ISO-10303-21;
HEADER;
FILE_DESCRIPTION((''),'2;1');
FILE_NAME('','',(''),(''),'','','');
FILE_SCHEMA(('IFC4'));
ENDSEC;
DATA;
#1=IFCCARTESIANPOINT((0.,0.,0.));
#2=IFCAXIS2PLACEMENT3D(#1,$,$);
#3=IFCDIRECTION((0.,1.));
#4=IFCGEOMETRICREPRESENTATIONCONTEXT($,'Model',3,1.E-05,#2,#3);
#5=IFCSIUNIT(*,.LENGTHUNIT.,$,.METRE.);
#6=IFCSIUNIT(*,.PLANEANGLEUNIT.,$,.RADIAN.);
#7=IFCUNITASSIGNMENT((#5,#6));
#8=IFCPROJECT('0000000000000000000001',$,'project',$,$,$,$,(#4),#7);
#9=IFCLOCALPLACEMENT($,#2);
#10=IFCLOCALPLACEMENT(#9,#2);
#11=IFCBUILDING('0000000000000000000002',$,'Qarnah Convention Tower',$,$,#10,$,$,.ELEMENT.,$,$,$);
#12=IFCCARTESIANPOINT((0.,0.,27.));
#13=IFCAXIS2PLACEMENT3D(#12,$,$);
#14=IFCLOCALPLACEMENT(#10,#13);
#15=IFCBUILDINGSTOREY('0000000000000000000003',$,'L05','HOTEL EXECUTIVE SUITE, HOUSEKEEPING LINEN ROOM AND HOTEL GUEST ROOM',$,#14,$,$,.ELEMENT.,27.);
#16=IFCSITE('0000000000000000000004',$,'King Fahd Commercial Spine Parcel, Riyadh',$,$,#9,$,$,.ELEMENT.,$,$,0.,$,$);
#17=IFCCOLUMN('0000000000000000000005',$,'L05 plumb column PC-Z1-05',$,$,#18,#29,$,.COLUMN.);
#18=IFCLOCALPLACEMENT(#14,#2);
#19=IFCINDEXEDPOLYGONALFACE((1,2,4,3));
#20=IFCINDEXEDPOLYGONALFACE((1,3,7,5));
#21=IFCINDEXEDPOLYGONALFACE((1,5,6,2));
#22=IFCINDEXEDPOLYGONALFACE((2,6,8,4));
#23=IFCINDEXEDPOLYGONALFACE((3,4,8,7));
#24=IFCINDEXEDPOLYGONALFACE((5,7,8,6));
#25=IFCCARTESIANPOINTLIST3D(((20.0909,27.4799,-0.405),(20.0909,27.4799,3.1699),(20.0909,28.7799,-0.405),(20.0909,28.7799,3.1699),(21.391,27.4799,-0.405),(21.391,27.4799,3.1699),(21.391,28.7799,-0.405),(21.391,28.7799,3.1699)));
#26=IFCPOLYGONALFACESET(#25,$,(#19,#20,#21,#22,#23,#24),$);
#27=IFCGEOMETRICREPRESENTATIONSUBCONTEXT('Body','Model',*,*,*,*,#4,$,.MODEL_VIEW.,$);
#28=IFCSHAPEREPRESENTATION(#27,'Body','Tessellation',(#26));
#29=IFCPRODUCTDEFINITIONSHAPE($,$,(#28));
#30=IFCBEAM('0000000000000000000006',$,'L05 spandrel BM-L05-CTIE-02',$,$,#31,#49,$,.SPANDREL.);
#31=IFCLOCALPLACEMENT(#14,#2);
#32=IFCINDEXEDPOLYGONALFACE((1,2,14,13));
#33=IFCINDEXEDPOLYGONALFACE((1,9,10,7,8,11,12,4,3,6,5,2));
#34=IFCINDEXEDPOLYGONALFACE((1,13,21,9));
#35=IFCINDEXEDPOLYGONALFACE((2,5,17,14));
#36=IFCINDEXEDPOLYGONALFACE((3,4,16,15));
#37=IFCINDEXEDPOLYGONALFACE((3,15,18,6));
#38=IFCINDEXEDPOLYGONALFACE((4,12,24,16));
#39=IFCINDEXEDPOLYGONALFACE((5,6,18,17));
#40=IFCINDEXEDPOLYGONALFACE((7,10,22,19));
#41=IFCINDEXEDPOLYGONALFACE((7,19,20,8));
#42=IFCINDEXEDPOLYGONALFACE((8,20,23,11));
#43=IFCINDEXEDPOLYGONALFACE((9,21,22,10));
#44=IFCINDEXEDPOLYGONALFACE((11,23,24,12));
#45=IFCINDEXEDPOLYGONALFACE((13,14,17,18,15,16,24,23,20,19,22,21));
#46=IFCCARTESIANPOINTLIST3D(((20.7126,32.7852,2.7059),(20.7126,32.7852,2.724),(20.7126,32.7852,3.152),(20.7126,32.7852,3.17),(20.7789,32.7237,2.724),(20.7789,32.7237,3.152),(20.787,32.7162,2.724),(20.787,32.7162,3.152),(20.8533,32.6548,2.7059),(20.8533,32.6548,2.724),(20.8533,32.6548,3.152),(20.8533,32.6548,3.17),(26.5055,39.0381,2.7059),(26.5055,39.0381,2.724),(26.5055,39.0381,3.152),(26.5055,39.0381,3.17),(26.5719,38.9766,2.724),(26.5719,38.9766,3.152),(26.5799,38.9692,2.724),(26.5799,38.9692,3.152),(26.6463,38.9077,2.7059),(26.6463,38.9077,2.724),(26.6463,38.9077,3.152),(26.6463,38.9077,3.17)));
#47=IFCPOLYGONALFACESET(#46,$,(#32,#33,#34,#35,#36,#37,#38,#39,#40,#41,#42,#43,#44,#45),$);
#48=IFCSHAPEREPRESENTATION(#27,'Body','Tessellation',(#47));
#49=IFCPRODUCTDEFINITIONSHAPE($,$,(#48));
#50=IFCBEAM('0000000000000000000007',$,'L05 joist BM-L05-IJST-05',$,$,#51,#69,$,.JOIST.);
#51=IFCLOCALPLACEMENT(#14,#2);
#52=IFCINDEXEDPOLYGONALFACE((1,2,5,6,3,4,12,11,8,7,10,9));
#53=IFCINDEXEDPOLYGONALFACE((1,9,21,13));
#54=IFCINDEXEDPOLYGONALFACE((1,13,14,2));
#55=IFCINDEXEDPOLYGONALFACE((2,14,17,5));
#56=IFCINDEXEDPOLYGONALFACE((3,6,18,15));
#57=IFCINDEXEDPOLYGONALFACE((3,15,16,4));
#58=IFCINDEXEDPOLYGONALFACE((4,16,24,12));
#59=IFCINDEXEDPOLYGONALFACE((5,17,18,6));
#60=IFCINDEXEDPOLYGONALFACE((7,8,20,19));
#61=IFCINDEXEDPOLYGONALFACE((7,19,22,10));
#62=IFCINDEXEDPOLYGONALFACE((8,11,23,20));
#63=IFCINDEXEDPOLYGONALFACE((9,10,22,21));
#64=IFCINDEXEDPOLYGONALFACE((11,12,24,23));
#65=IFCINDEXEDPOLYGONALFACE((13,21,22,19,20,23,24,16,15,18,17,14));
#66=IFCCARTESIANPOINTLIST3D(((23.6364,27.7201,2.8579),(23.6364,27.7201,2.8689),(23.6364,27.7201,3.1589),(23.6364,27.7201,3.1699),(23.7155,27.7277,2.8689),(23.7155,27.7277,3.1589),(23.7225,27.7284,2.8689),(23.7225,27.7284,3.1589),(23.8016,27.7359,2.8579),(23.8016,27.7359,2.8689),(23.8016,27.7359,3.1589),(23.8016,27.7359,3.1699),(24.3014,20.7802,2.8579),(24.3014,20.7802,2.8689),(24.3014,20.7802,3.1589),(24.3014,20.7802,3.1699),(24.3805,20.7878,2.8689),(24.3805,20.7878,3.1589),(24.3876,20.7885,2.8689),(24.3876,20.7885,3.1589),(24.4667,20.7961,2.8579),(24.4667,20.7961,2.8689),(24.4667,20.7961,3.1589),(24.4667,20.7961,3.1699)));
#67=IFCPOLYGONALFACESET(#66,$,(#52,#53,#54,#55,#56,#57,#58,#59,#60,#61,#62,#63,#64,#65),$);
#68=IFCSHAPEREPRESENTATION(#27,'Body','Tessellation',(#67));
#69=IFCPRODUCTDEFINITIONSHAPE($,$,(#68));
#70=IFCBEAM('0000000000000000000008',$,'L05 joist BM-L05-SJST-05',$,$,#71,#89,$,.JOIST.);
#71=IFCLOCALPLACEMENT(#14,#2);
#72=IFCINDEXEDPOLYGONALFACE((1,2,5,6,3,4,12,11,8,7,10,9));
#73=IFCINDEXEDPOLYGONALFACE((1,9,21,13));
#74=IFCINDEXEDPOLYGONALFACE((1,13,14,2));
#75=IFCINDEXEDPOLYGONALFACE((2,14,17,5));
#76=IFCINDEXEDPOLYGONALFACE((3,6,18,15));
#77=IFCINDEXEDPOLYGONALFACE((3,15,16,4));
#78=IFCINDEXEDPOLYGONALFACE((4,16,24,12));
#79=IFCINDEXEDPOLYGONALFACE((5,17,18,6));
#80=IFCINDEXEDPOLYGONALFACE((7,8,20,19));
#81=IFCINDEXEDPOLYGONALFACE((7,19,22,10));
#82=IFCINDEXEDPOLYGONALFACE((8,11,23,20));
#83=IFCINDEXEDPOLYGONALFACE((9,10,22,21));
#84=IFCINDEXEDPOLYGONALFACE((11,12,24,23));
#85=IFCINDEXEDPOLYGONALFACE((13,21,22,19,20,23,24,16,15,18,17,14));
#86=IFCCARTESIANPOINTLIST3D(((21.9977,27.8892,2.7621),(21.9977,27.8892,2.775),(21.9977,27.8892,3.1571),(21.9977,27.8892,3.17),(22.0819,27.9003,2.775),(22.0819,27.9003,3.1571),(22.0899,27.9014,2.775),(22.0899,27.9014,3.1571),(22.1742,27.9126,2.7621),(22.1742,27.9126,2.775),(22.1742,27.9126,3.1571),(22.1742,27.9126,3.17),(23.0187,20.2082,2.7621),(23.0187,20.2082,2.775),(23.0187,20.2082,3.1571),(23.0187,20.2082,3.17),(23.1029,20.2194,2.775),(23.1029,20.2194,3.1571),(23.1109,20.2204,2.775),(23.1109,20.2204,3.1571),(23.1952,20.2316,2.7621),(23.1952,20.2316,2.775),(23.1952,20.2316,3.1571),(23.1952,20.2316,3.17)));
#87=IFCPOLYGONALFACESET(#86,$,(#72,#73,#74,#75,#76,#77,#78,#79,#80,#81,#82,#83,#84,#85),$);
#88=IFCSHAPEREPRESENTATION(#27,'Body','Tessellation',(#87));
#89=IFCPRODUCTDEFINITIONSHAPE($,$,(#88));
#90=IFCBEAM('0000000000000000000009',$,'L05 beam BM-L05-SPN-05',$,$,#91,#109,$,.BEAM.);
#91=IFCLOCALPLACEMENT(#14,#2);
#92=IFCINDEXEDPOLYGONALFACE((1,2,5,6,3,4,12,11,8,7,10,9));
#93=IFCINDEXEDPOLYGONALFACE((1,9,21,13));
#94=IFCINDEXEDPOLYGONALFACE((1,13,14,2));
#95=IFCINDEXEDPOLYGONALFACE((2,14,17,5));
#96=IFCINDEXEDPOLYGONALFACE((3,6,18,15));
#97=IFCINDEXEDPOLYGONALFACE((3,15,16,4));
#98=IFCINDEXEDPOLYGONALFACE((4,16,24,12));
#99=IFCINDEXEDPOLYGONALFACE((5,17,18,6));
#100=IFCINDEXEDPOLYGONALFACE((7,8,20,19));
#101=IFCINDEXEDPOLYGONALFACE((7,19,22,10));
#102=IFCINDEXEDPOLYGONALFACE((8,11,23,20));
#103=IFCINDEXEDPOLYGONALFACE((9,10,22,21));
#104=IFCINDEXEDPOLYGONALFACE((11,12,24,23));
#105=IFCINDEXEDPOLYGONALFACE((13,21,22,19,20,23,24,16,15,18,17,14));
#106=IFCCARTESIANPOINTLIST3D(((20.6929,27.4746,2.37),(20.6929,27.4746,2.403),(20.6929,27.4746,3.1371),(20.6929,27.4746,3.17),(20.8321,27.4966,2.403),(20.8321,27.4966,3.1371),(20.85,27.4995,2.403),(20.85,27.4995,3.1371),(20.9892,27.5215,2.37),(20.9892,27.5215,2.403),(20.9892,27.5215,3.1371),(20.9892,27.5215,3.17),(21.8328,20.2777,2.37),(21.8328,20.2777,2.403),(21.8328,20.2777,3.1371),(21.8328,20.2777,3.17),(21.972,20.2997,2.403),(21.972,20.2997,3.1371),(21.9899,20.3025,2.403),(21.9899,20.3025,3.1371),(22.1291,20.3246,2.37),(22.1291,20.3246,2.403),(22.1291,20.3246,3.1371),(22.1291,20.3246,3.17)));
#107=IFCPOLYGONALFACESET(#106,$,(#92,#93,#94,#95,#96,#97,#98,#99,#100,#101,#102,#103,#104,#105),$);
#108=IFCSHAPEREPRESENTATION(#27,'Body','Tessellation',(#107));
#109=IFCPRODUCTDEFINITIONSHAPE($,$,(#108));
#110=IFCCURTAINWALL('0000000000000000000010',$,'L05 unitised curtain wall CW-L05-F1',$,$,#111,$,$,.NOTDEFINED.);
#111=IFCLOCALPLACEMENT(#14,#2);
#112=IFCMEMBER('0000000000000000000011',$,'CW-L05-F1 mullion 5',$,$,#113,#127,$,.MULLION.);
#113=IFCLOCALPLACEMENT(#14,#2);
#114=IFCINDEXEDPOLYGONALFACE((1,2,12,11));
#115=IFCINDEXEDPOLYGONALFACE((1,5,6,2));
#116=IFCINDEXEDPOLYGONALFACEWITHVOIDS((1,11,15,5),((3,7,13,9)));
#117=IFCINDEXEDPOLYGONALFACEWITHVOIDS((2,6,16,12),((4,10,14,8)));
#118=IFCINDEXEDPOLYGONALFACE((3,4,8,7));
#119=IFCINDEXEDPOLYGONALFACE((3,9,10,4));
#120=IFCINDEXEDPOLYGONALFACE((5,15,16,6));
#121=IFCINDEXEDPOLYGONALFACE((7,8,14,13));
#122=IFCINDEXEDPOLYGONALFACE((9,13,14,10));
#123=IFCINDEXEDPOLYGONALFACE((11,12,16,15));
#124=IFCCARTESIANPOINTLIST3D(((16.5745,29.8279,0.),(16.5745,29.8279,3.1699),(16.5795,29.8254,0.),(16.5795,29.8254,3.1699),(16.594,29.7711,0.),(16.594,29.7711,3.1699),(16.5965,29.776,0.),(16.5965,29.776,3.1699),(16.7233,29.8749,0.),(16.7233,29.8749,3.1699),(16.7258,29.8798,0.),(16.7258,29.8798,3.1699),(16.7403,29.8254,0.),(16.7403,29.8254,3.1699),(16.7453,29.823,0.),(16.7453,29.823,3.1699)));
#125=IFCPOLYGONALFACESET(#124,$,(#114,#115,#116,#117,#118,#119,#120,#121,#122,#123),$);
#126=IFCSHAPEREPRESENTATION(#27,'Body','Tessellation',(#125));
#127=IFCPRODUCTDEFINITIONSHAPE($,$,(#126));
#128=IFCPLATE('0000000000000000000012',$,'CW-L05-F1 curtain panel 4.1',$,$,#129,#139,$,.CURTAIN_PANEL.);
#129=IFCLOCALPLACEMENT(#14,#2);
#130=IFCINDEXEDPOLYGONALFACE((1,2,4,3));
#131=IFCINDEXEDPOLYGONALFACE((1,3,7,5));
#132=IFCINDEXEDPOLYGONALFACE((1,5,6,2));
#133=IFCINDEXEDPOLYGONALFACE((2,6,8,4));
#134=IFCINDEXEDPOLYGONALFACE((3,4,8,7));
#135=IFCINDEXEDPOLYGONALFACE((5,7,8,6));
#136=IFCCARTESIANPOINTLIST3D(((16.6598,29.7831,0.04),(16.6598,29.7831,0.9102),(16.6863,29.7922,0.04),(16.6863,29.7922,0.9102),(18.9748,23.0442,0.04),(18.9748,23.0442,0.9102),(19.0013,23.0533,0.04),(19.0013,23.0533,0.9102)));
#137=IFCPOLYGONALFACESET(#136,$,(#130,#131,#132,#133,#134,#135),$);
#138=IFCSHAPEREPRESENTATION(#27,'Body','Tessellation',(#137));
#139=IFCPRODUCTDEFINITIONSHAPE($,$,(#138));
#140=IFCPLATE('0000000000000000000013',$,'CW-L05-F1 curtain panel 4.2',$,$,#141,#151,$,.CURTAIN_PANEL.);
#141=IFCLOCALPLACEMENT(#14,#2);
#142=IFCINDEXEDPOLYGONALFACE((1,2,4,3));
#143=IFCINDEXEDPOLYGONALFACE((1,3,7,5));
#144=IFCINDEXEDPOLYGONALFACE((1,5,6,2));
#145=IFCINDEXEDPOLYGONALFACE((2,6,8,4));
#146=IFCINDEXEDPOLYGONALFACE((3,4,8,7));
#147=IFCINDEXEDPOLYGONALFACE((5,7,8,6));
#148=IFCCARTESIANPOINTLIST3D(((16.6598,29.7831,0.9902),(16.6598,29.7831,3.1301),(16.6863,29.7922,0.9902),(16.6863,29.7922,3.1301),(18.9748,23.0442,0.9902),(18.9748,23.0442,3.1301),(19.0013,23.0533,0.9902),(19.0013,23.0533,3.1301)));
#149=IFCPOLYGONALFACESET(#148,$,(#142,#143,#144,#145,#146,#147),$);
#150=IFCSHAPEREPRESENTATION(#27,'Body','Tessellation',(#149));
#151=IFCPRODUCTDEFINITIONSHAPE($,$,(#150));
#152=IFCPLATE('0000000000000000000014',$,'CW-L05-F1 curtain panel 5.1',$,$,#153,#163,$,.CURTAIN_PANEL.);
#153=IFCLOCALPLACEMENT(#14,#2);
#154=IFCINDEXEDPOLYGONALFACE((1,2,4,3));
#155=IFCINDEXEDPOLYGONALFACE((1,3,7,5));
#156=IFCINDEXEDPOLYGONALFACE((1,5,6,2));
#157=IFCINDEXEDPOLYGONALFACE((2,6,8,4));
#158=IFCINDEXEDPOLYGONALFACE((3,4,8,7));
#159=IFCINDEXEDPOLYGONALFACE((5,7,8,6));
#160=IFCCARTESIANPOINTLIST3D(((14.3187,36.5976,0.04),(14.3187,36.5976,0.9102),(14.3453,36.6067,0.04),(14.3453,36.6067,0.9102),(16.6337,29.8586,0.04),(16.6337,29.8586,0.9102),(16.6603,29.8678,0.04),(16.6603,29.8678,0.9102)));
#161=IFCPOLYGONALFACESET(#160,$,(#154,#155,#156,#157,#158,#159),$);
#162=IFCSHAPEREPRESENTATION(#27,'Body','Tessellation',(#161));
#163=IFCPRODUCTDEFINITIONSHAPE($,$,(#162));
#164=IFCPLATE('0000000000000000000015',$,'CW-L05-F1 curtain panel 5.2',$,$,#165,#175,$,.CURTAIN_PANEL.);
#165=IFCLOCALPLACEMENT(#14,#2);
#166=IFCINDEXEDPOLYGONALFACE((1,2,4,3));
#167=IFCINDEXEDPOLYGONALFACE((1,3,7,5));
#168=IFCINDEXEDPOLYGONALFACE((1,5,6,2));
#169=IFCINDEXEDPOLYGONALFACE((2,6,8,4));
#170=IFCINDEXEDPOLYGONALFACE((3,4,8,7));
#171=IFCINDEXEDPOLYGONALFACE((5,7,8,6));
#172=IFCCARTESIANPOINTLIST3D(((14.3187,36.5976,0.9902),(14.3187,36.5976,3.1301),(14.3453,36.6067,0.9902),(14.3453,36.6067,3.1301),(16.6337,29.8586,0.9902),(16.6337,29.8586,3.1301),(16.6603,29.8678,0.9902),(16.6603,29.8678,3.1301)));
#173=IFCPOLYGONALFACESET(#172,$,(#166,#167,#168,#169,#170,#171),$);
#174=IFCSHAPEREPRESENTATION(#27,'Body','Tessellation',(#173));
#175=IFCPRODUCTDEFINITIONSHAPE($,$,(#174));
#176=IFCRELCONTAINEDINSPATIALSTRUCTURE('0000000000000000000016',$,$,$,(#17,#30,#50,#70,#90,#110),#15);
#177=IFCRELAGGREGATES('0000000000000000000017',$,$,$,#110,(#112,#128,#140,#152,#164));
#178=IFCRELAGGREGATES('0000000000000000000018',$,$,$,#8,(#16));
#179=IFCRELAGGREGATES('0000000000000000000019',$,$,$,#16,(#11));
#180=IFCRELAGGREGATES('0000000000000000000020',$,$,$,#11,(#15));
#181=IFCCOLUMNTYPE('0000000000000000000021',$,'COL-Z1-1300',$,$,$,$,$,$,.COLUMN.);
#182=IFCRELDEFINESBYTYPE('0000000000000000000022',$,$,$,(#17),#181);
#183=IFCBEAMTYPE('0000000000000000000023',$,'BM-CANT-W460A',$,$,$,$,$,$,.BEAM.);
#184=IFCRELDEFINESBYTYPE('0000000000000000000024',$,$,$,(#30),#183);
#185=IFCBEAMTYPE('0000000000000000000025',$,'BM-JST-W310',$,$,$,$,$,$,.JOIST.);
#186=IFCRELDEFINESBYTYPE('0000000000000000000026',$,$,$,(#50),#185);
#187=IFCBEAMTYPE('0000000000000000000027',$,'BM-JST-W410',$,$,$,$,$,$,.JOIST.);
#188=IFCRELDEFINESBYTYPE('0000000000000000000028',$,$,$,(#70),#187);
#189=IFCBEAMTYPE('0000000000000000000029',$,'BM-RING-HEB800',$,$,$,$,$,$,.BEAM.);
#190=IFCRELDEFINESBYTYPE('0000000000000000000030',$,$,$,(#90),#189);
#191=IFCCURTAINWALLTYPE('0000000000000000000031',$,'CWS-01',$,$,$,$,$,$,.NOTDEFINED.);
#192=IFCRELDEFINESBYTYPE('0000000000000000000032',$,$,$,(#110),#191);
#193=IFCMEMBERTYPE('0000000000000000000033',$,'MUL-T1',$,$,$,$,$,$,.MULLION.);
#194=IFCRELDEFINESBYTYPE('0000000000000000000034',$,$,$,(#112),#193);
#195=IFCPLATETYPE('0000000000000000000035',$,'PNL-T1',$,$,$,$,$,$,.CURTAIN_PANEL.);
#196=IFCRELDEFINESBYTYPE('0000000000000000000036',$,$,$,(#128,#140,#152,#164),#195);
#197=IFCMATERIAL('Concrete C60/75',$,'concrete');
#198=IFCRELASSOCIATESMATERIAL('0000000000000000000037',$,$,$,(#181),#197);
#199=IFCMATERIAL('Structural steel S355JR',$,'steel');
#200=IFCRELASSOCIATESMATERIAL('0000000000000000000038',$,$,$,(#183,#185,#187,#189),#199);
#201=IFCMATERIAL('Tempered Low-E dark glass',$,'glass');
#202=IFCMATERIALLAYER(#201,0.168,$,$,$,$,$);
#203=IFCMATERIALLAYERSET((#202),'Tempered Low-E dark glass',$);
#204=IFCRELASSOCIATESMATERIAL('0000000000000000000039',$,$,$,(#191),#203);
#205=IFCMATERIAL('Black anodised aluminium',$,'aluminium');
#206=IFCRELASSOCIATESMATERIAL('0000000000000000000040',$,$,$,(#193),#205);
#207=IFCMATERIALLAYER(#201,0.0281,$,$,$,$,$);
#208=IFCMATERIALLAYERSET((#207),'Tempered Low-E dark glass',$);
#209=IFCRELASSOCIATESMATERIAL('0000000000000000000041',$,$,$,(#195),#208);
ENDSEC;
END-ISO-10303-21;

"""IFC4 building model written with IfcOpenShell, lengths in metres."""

from ifc_helpers import new_model, si_unit, direction, frame, origin, origin_2d, place, context, subcontext, project, spatial, rectangle, hollow_rectangle, i_section, extrude, material, layer, layer_set, material_profile, profile_set, type_object, element, aggregate, save


model = new_model("IFC4")

# Units and contexts
model_context = context("Model", 3, precision=1e-05, world=origin(), true_north=direction((0.0, 1.0)))
body_context = subcontext(model_context, "Body", "Model", "MODEL_VIEW")
ifc_project = project(units=[si_unit("LENGTHUNIT", "METRE"), si_unit("PLANEANGLEUNIT", "RADIAN")], contexts=[model_context])

# Site, building, storey
site_placement = place(None, origin())
site = spatial("IfcSite", under=ifc_project, at=site_placement, Name="King Fahd Commercial Spine Parcel, Riyadh", CompositionType="ELEMENT", RefElevation=0.0)
building_placement = place(site_placement, origin())
building = spatial("IfcBuilding", under=site, at=building_placement, Name="Qarnah Convention Tower", CompositionType="ELEMENT")
storey_placement = place(building_placement, frame((0.0, 0.0, 27.0)))
storey = spatial("IfcBuildingStorey", under=building, at=storey_placement, Name="L05", Description="HOTEL EXECUTIVE SUITE, HOUSEKEEPING LINEN ROOM AND HOTEL GUEST ROOM", CompositionType="ELEMENT", Elevation=27.0)

# Column
ifc_material_1 = material(Name="Concrete C60/75", Category="concrete")
ifc_material_profile_1 = material_profile(ifc_material_1, rectangle(XDim=1.3, YDim=1.3, at=origin_2d()), Name="RC-COL-1300X1300")
ifc_profile_set_1 = profile_set([ifc_material_profile_1], Name="Concrete C60/75")
column_type = type_object("IfcColumnType", Name="COL-Z1-1300", PredefinedType="COLUMN", material=ifc_profile_set_1)
column_placement = place(storey_placement, frame((20.741, 28.1299, -0.405), z_axis=(0.0, 0.0, 1.0), x_axis=(1.0, 0.0, 0.0)))
element("IfcColumn", 1, at=column_placement, inside=storey, type_object=column_type, Name="L05 plumb column PC-Z1-05", PredefinedType="COLUMN", context=body_context, shape_type="SweptSolid", body=[
    extrude(rectangle(XDim=1.3, YDim=1.3, at=origin_2d()), origin(), (0.0, 0.0, 1.0), 3.575),
])

# Beams
ifc_material_2 = material(Name="Structural steel S355JR", Category="steel")
ifc_material_profile_2 = material_profile(ifc_material_2, i_section(OverallWidth=0.1919, OverallDepth=0.4641, WebThickness=0.011, FlangeThickness=0.0181, at=origin_2d()), Name="W460X89")
ifc_profile_set_2 = profile_set([ifc_material_profile_2], Name="Structural steel S355JR")
beam_type_1 = type_object("IfcBeamType", Name="BM-CANT-W460A", PredefinedType="BEAM", material=ifc_profile_set_2)
beam_1_placement = place(storey_placement, frame((20.783, 32.72, 2.938), z_axis=(0.679611, 0.733572, 0.0), x_axis=(-0.733572, 0.679611, 0.0)))
element("IfcBeam", 2, at=beam_1_placement, inside=storey, type_object=beam_type_1, Name="L05 spandrel BM-L05-CTIE-02", PredefinedType="SPANDREL", context=body_context, shape_type="SweptSolid", body=[
    extrude(i_section(OverallWidth=0.1919, OverallDepth=0.4641, WebThickness=0.011, FlangeThickness=0.0181, at=origin_2d()), origin(), (0.0, 0.0, 1.0), 8.5239),
])
ifc_material_profile_3 = material_profile(ifc_material_2, i_section(OverallWidth=0.166, OverallDepth=0.312, WebThickness=0.0071, FlangeThickness=0.011, at=origin_2d()), Name="W310X45")
ifc_profile_set_3 = profile_set([ifc_material_profile_3], Name="Structural steel S355JR")
beam_type_2 = type_object("IfcBeamType", Name="BM-JST-W310", PredefinedType="JOIST", material=ifc_profile_set_3)
beam_2_placement = place(storey_placement, frame((23.719, 27.728, 3.0139), z_axis=(0.095391, -0.99544, 0.0), x_axis=(0.99544, 0.095391, 0.0)))
element("IfcBeam", 3, at=beam_2_placement, inside=storey, type_object=beam_type_2, Name="L05 joist BM-L05-IJST-05", PredefinedType="JOIST", context=body_context, shape_type="SweptSolid", body=[
    extrude(i_section(OverallWidth=0.166, OverallDepth=0.312, WebThickness=0.0071, FlangeThickness=0.011, at=origin_2d()), origin(), (0.0, 0.0, 1.0), 6.9717),
])
ifc_material_profile_4 = material_profile(ifc_material_2, i_section(OverallWidth=0.178, OverallDepth=0.408, WebThickness=0.0081, FlangeThickness=0.0129, at=origin_2d()), Name="W410X60")
ifc_profile_set_4 = profile_set([ifc_material_profile_4], Name="Structural steel S355JR")
beam_type_3 = type_object("IfcBeamType", Name="BM-JST-W410", PredefinedType="JOIST", material=ifc_profile_set_4)
beam_3_placement = place(storey_placement, frame((22.0859, 27.9009, 2.9661), z_axis=(0.131767, -0.991281, 0.0), x_axis=(0.991281, 0.131767, 0.0)))
element("IfcBeam", 4, at=beam_3_placement, inside=storey, type_object=beam_type_3, Name="L05 joist BM-L05-SJST-05", PredefinedType="JOIST", context=body_context, shape_type="SweptSolid", body=[
    extrude(i_section(OverallWidth=0.178, OverallDepth=0.408, WebThickness=0.0081, FlangeThickness=0.0129, at=origin_2d()), origin(), (0.0, 0.0, 1.0), 7.7485),
])
ifc_material_profile_5 = material_profile(ifc_material_2, i_section(OverallWidth=0.3, OverallDepth=0.8, WebThickness=0.0181, FlangeThickness=0.033, at=origin_2d()), Name="HEB800")
ifc_profile_set_5 = profile_set([ifc_material_profile_5], Name="Structural steel S355JR")
beam_type_4 = type_object("IfcBeamType", Name="BM-RING-HEB800", PredefinedType="BEAM", material=ifc_profile_set_5)
beam_4_placement = place(storey_placement, frame((20.8411, 27.498, 2.77), z_axis=(0.156434, -0.987688, 0.0), x_axis=(0.987688, 0.156434, 0.0)))
element("IfcBeam", 5, at=beam_4_placement, inside=storey, type_object=beam_type_4, Name="L05 beam BM-L05-SPN-05", PredefinedType="BEAM", context=body_context, shape_type="SweptSolid", body=[
    extrude(i_section(OverallWidth=0.3, OverallDepth=0.8, WebThickness=0.0181, FlangeThickness=0.033, at=origin_2d()), origin(), (0.0, 0.0, 1.0), 7.2866),
])

# Curtain wall, member, plates
ifc_material_3 = material(Name="Tempered Low-E dark glass", Category="glass")
ifc_layer_1 = layer(ifc_material_3, 0.168)
ifc_layer_set_1 = layer_set([ifc_layer_1], Name="Tempered Low-E dark glass")
curtain_wall_type = type_object("IfcCurtainWallType", Name="CWS-01", PredefinedType="NOTDEFINED", material=ifc_layer_set_1)
curtain_wall_placement = place(storey_placement, origin())
curtain_wall = element("IfcCurtainWall", 6, at=curtain_wall_placement, inside=storey, type_object=curtain_wall_type, Name="L05 unitised curtain wall CW-L05-F1", PredefinedType="NOTDEFINED")
ifc_material_4 = material(Name="Black anodised aluminium", Category="aluminium")
ifc_material_profile_6 = material_profile(ifc_material_4, hollow_rectangle(XDim=0.0601, YDim=0.1599, WallThickness=0.0039, at=origin_2d()), Name="MUL-60X160")
ifc_profile_set_6 = profile_set([ifc_material_profile_6], Name="Black anodised aluminium")
member_type = type_object("IfcMemberType", Name="MUL-T1", PredefinedType="MULLION", material=ifc_profile_set_6)
member_placement = place(storey_placement, frame((16.6599, 29.8254, 0.0), z_axis=(0.0, 0.0, 1.0), x_axis=(-0.324891, 0.945751, 0.0)))
member = element("IfcMember", 7, at=member_placement, type_object=member_type, Name="CW-L05-F1 mullion 5", PredefinedType="MULLION", context=body_context, shape_type="SweptSolid", body=[
    extrude(hollow_rectangle(XDim=0.0601, YDim=0.1599, WallThickness=0.0039, at=origin_2d()), origin(), (0.0, 0.0, 1.0), 3.1699),
])
ifc_layer_2 = layer(ifc_material_3, 0.0281)
ifc_layer_set_2 = layer_set([ifc_layer_2], Name="Tempered Low-E dark glass")
plate_type = type_object("IfcPlateType", Name="PNL-T1", PredefinedType="CURTAIN_PANEL", material=ifc_layer_set_2)
plate_1_placement = place(storey_placement, frame((17.8306, 26.4182, 0.04), z_axis=(0.0, 0.0, 1.0), x_axis=(-0.324891, 0.945751, 0.0)))
plate_1 = element("IfcPlate", 8, at=plate_1_placement, type_object=plate_type, Name="CW-L05-F1 curtain panel 4.1", PredefinedType="CURTAIN_PANEL", context=body_context, shape_type="SweptSolid", body=[
    extrude(rectangle(XDim=7.1255, YDim=0.0281, at=origin_2d()), origin(), (0.0, 0.0, 1.0), 0.8701),
])
plate_2_placement = place(storey_placement, frame((17.8306, 26.4182, 0.9902), z_axis=(0.0, 0.0, 1.0), x_axis=(-0.324891, 0.945751, 0.0)))
plate_2 = element("IfcPlate", 9, at=plate_2_placement, type_object=plate_type, Name="CW-L05-F1 curtain panel 4.2", PredefinedType="CURTAIN_PANEL", context=body_context, shape_type="SweptSolid", body=[
    extrude(rectangle(XDim=7.1255, YDim=0.0281, at=origin_2d()), origin(), (0.0, 0.0, 1.0), 2.1399),
])
plate_3_placement = place(storey_placement, frame((15.4895, 33.2327, 0.04), z_axis=(0.0, 0.0, 1.0), x_axis=(-0.324891, 0.945751, 0.0)))
plate_3 = element("IfcPlate", 10, at=plate_3_placement, type_object=plate_type, Name="CW-L05-F1 curtain panel 5.1", PredefinedType="CURTAIN_PANEL", context=body_context, shape_type="SweptSolid", body=[
    extrude(rectangle(XDim=7.1255, YDim=0.0281, at=origin_2d()), origin(), (0.0, 0.0, 1.0), 0.8701),
])
plate_4_placement = place(storey_placement, frame((15.4895, 33.2327, 0.9902), z_axis=(0.0, 0.0, 1.0), x_axis=(-0.324891, 0.945751, 0.0)))
plate_4 = element("IfcPlate", 11, at=plate_4_placement, type_object=plate_type, Name="CW-L05-F1 curtain panel 5.2", PredefinedType="CURTAIN_PANEL", context=body_context, shape_type="SweptSolid", body=[
    extrude(rectangle(XDim=7.1255, YDim=0.0281, at=origin_2d()), origin(), (0.0, 0.0, 1.0), 2.1399),
])
aggregate(curtain_wall, [member, plate_1, plate_2, plate_3, plate_4])

save(model, "model.ifc")
